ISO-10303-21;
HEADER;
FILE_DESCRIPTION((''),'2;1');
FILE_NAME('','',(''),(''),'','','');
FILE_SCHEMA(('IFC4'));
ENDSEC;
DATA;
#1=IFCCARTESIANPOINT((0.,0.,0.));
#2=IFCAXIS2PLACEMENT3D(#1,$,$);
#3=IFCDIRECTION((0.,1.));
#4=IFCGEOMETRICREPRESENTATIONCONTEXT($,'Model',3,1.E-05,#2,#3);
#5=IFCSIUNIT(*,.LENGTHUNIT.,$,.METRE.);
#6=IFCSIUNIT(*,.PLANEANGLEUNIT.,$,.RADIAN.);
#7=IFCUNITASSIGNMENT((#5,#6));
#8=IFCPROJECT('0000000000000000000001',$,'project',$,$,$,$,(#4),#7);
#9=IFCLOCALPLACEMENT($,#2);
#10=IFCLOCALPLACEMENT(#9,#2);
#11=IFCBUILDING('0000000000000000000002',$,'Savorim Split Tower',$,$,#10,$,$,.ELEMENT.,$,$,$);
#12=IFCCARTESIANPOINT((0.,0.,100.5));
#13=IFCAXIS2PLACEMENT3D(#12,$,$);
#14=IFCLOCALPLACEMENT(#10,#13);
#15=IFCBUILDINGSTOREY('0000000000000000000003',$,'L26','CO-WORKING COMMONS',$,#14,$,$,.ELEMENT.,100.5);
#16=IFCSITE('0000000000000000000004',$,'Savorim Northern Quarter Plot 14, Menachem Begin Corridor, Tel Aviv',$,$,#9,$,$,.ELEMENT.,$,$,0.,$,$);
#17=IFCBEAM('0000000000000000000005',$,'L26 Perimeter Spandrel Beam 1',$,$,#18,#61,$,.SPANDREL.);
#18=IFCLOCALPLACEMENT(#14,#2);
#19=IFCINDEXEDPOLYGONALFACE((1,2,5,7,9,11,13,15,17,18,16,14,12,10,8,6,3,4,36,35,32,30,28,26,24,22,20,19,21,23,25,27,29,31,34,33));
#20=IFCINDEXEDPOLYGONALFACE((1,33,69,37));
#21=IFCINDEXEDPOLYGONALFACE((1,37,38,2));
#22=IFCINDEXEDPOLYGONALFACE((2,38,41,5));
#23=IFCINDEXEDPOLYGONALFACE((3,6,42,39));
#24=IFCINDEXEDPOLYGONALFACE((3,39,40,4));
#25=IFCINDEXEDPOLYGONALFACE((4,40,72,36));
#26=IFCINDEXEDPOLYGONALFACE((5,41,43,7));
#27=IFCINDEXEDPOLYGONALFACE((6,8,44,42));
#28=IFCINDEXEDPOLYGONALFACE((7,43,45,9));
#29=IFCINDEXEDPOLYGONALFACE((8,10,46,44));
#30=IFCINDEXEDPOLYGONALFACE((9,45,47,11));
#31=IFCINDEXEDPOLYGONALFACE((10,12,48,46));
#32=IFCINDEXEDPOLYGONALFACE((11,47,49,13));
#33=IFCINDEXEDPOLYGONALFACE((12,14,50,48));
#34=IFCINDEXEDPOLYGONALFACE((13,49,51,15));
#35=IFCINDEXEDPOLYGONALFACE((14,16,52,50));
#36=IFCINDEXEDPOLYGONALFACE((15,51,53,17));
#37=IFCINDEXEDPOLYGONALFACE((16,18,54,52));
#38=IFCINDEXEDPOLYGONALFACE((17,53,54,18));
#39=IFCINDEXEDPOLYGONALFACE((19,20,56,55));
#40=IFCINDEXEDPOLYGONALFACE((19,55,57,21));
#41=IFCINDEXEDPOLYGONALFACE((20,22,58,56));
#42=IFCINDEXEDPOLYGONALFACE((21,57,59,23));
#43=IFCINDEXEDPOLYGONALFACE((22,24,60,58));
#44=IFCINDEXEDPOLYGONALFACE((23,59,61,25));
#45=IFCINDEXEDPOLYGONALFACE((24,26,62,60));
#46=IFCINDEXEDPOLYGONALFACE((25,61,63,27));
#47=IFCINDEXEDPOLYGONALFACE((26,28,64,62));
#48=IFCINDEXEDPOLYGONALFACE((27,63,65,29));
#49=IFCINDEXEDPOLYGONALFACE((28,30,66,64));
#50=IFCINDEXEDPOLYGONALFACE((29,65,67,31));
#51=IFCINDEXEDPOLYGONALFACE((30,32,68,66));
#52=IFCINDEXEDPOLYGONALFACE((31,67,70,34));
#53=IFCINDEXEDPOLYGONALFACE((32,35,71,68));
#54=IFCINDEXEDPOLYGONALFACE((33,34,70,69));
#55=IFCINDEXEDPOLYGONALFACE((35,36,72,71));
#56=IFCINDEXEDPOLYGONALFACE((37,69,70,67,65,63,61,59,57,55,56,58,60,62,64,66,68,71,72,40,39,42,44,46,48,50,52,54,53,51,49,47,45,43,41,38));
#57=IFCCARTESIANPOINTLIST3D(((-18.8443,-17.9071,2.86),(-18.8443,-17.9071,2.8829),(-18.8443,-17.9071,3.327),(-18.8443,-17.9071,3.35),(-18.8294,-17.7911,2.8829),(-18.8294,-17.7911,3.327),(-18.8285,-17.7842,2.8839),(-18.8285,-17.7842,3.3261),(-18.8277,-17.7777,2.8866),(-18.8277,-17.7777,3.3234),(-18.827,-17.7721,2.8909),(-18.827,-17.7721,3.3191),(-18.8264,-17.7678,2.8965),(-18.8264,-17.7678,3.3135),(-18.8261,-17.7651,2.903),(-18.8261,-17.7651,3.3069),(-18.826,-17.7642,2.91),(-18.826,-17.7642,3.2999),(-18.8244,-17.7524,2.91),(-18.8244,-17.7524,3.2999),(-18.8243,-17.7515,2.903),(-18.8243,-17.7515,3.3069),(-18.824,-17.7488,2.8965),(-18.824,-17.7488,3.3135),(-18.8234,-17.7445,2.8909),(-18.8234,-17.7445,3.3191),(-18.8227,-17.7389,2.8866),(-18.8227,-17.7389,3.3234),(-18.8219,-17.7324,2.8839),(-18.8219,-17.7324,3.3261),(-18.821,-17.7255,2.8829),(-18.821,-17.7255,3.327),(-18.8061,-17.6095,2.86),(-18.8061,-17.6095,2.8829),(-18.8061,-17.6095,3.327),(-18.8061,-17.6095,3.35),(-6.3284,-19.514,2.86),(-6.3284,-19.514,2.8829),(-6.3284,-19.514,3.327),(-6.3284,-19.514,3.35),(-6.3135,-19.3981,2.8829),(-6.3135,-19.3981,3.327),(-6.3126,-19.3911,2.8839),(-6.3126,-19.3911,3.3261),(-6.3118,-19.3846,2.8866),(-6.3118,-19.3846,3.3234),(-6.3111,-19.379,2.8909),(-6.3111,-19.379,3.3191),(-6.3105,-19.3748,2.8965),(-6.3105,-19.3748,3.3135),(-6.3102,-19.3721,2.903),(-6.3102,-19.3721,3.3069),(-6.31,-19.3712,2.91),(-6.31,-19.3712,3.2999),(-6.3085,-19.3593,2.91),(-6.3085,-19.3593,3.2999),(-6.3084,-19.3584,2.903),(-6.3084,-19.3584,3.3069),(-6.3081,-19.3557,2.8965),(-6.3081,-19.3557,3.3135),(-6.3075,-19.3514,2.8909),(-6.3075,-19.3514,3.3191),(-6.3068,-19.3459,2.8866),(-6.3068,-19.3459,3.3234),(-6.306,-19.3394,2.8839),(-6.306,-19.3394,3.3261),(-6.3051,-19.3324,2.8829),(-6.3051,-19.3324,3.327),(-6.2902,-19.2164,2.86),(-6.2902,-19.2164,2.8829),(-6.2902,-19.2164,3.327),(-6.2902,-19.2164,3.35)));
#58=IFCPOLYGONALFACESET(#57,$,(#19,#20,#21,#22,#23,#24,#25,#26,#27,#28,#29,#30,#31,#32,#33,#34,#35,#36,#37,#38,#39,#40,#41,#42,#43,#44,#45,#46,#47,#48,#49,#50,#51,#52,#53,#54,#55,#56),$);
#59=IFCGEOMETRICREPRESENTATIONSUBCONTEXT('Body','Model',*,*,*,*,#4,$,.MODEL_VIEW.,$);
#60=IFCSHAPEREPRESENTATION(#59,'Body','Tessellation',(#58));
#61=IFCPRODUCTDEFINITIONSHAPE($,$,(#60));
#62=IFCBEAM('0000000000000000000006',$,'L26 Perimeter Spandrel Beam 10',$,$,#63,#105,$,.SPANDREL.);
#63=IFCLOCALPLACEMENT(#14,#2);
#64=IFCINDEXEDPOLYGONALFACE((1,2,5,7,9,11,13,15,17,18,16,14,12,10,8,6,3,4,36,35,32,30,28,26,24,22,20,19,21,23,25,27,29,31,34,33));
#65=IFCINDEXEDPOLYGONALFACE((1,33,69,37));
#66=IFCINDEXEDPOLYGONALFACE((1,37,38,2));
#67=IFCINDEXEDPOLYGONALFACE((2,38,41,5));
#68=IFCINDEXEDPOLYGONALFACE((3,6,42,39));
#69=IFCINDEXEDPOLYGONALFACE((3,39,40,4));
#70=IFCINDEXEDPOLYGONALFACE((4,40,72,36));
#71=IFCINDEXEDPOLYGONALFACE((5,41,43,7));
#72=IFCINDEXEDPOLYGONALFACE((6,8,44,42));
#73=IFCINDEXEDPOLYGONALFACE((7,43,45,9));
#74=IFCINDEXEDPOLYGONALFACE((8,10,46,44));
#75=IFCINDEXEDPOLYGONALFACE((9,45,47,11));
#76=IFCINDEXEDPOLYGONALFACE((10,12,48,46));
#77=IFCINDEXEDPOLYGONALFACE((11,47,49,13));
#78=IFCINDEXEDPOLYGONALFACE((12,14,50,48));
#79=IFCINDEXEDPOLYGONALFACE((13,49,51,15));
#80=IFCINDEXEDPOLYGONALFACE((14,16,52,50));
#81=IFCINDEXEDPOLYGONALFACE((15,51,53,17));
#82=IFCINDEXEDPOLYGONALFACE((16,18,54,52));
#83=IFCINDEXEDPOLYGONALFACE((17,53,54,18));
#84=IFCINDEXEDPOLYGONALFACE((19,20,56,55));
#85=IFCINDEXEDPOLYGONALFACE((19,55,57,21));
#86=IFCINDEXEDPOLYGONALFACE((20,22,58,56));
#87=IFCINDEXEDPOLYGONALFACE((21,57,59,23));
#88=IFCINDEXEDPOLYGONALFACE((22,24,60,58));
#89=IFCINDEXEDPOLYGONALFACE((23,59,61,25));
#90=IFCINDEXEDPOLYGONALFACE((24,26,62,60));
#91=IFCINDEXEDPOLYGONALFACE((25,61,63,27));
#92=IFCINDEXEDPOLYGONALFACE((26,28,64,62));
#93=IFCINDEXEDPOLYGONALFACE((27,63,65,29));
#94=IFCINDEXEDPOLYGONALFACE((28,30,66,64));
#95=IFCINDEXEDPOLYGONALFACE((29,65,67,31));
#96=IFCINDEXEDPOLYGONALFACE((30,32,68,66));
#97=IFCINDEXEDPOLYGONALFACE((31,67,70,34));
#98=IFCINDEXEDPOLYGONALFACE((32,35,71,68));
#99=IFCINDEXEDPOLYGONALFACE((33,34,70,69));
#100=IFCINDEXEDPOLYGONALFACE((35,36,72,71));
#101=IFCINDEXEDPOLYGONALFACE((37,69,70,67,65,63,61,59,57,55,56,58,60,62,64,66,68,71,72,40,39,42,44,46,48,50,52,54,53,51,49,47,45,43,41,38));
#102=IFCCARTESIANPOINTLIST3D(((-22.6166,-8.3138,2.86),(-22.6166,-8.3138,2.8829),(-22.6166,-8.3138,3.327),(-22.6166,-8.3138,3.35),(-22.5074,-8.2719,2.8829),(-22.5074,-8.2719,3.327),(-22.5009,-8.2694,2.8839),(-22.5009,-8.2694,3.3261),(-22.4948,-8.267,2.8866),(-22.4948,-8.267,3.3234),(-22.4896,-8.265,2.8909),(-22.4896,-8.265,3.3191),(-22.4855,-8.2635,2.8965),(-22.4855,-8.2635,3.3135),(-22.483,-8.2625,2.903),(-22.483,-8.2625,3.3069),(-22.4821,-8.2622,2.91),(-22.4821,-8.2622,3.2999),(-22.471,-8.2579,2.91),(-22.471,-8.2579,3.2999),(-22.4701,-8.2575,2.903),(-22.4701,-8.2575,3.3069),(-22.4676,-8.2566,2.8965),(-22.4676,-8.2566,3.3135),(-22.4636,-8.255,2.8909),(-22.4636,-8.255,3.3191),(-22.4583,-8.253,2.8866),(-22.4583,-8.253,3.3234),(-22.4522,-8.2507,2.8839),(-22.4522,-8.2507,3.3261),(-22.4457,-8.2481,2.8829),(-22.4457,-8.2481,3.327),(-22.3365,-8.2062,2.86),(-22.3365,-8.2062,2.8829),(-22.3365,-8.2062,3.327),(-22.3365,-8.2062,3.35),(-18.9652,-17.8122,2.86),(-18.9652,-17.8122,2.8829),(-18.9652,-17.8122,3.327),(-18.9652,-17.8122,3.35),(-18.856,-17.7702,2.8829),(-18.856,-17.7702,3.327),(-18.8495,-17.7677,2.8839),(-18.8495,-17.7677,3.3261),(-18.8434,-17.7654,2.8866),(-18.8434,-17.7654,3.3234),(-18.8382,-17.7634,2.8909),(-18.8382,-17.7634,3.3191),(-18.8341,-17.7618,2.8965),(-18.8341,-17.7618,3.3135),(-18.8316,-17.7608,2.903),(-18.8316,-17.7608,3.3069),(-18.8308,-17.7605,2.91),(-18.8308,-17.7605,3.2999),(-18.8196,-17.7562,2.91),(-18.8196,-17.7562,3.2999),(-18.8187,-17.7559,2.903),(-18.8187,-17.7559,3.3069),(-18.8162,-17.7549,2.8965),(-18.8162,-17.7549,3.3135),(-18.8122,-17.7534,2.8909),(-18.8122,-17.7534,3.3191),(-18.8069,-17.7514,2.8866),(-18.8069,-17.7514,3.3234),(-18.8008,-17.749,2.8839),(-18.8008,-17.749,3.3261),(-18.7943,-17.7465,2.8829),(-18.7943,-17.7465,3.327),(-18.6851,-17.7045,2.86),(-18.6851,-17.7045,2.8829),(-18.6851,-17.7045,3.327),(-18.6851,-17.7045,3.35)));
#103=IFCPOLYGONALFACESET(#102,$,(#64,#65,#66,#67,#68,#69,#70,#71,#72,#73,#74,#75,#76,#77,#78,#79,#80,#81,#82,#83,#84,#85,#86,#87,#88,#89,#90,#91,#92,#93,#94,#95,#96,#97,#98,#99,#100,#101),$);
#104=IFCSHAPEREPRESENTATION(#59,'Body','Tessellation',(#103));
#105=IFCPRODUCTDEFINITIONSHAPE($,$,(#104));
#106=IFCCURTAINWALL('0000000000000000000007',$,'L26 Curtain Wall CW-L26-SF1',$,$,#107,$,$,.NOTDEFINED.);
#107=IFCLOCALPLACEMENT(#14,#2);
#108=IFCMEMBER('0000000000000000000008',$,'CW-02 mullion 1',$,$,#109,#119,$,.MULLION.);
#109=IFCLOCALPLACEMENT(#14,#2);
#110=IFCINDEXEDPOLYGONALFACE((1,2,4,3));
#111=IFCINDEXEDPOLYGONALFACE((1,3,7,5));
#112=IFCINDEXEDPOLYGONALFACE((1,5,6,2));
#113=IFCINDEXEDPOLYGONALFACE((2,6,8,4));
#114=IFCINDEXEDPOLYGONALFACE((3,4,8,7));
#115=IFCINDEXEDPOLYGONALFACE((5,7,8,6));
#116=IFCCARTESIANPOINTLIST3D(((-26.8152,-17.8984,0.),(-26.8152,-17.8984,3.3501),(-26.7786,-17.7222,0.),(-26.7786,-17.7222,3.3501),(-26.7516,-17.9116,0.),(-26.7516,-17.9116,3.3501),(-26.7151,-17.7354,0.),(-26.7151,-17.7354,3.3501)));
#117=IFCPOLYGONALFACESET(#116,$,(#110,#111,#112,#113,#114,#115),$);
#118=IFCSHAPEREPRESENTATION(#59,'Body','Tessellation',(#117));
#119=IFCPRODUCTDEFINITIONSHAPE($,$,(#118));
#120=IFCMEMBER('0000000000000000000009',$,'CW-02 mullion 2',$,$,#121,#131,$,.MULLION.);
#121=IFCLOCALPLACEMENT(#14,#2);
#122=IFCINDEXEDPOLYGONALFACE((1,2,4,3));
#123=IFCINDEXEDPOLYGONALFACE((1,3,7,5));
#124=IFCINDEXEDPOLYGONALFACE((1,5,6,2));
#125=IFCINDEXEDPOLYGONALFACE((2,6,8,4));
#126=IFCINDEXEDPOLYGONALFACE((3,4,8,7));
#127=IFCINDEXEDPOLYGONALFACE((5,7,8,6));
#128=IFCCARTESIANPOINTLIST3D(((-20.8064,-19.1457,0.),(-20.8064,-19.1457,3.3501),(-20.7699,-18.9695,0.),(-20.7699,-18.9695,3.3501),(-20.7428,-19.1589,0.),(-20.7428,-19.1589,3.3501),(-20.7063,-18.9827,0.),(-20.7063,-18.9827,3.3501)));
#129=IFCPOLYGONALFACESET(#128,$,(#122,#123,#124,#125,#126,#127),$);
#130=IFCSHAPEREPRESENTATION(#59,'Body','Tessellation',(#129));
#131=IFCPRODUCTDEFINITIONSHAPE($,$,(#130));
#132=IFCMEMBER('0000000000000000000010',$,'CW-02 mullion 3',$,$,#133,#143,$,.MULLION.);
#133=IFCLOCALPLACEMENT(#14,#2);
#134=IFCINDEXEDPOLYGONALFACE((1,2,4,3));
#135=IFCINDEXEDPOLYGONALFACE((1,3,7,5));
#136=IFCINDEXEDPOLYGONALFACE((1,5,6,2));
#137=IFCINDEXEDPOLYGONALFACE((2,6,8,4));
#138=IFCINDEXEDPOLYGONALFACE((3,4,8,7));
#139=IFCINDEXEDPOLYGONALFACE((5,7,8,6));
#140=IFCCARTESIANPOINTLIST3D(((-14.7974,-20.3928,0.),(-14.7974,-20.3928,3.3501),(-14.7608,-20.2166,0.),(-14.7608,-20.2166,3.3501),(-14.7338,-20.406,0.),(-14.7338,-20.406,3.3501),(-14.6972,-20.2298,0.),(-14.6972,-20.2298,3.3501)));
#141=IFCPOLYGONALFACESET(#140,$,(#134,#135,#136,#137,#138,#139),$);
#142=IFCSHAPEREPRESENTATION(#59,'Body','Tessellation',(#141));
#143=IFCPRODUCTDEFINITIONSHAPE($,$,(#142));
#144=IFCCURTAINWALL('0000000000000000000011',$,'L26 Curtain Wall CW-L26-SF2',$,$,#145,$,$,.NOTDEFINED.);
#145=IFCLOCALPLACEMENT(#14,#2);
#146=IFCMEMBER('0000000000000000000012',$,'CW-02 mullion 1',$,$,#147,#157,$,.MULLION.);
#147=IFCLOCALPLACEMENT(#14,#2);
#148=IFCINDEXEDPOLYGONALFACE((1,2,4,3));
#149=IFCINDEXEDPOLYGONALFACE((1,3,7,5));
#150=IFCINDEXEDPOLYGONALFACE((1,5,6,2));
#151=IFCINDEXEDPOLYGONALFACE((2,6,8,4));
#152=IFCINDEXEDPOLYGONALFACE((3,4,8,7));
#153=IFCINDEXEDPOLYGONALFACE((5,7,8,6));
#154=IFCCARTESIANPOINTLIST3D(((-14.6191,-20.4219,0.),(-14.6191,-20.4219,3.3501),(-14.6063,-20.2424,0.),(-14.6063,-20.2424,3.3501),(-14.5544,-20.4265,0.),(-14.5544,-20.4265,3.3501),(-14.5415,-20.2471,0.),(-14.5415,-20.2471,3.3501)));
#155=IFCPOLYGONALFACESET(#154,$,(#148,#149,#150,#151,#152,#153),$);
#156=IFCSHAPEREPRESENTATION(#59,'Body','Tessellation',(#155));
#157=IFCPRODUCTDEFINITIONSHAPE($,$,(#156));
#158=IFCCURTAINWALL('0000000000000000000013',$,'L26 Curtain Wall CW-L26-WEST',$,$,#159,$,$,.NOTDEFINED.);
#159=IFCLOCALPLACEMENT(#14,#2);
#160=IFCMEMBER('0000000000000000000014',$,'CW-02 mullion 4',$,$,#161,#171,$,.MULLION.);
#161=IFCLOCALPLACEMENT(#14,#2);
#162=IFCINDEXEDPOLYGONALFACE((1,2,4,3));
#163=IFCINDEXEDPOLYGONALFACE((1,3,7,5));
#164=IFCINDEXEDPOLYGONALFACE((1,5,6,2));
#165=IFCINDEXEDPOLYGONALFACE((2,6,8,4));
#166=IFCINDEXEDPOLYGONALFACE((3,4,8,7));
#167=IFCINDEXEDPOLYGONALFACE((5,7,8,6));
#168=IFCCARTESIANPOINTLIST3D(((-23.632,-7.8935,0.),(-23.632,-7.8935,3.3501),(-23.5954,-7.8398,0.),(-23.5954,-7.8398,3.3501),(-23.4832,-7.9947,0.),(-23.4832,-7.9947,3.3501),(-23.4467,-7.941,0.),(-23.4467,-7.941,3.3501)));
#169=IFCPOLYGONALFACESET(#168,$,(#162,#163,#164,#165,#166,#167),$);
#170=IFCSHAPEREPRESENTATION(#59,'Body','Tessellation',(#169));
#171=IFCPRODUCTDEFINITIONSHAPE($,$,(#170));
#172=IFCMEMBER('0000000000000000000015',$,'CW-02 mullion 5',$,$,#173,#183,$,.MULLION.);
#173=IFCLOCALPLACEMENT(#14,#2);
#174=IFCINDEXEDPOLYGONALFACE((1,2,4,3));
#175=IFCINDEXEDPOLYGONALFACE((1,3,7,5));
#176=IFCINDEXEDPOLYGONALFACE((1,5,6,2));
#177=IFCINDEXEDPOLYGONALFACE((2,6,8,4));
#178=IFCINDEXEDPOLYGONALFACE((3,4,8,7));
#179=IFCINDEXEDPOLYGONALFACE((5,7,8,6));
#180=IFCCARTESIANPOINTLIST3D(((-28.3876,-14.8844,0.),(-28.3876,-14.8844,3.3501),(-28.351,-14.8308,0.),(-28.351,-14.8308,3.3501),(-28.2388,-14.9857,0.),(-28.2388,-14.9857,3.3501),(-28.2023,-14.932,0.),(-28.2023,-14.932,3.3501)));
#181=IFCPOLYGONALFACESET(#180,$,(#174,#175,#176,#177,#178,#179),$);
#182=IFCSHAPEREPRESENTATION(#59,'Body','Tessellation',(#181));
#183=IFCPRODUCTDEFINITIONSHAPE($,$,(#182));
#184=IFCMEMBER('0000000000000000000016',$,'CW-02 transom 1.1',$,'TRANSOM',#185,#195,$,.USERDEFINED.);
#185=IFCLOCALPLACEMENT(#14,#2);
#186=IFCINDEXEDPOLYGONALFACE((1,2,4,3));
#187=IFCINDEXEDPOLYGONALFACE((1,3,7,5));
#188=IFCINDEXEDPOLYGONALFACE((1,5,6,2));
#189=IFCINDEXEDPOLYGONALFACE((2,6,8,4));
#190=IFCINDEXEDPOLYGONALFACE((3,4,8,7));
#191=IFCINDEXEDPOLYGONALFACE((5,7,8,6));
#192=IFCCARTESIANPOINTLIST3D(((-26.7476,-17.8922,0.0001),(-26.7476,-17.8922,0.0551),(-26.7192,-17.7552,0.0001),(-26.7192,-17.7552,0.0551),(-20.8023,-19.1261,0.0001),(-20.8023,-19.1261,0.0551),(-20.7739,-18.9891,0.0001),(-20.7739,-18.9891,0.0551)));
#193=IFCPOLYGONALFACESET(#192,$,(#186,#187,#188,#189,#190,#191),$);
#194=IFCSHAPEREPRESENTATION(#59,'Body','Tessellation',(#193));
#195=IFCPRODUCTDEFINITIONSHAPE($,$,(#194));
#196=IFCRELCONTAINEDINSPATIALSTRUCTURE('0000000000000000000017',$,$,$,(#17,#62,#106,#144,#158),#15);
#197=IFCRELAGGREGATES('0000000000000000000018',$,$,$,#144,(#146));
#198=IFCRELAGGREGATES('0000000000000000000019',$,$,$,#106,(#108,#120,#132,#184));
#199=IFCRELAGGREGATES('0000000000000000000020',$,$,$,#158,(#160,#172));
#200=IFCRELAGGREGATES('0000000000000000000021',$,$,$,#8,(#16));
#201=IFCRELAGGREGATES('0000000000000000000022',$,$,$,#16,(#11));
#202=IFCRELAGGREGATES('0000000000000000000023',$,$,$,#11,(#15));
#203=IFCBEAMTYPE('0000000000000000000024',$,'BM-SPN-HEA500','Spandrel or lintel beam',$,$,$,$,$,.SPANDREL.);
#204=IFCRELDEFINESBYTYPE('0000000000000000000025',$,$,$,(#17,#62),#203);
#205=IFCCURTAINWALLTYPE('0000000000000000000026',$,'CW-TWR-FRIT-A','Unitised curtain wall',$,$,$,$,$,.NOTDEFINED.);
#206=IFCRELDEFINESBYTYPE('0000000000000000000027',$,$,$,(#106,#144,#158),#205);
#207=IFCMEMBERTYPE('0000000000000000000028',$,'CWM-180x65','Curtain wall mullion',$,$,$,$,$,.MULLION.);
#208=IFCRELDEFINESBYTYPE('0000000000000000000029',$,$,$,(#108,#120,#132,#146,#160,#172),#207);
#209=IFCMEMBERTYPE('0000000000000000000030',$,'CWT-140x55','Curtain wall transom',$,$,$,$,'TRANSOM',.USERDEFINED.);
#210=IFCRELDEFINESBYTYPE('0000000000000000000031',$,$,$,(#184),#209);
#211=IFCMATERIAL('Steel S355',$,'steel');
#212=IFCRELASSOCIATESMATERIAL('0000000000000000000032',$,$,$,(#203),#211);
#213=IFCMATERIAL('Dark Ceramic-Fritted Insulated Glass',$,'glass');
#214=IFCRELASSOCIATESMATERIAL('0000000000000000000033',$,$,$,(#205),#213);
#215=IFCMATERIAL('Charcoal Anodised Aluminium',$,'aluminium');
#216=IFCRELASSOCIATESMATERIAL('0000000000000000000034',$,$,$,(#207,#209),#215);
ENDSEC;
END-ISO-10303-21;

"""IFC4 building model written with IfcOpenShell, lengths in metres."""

from ifc_helpers import new_model, si_unit, direction, frame, origin, origin_2d, place, context, subcontext, project, spatial, rectangle, i_section, extrude, material, material_profile, profile_set, type_object, element, aggregate, save


model = new_model("IFC4")

# Units and contexts
model_context = context("Model", 3, precision=1e-05, world=origin(), true_north=direction((0.0, 1.0)))
body_context = subcontext(model_context, "Body", "Model", "MODEL_VIEW")
ifc_project = project(units=[si_unit("LENGTHUNIT", "METRE"), si_unit("PLANEANGLEUNIT", "RADIAN")], contexts=[model_context])

# Site, building, storey
site_placement = place(None, origin())
site = spatial("IfcSite", under=ifc_project, at=site_placement, Name="Savorim Northern Quarter Plot 14, Menachem Begin Corridor, Tel Aviv", CompositionType="ELEMENT", RefElevation=0.0)
building_placement = place(site_placement, origin())
building = spatial("IfcBuilding", under=site, at=building_placement, Name="Savorim Split Tower", CompositionType="ELEMENT")
storey_placement = place(building_placement, frame((0.0, 0.0, 100.5)))
storey = spatial("IfcBuildingStorey", under=building, at=storey_placement, Name="L26", Description="CO-WORKING COMMONS", CompositionType="ELEMENT", Elevation=100.5)

# Beams
ifc_material_1 = material(Name="Steel S355", Category="steel")
ifc_material_profile_1 = material_profile(ifc_material_1, i_section(OverallWidth=0.3, OverallDepth=0.49, WebThickness=0.012, FlangeThickness=0.0229, FilletRadius=0.0271, at=origin_2d()), Name="HEA 500")
ifc_profile_set_1 = profile_set([ifc_material_profile_1], Name="Steel S355")
beam_type_1 = type_object("IfcBeamType", Name="BM-SPN-HEA500", Description="Spandrel or lintel beam", PredefinedType="SPANDREL", material=ifc_profile_set_1)
beam_1_placement = place(storey_placement, frame((-18.8252, -17.7583, 3.105), z_axis=(0.991858, -0.127346, 0.0), x_axis=(0.127346, 0.991858, 0.0)))
element("IfcBeam", 1, at=beam_1_placement, inside=storey, type_object=beam_type_1, Name="L26 Perimeter Spandrel Beam 1", PredefinedType="SPANDREL", context=body_context, shape_type="SweptSolid", body=[
    extrude(i_section(OverallWidth=0.3, OverallDepth=0.49, WebThickness=0.012, FlangeThickness=0.0229, FilletRadius=0.0271, at=origin_2d()), origin(), (0.0, 0.0, 1.0), 12.6187),
])
beam_2_placement = place(storey_placement, frame((-22.4766, -8.26, 3.105), z_axis=(0.358823, -0.933406, 0.0), x_axis=(0.933406, 0.358823, 0.0)))
element("IfcBeam", 2, at=beam_2_placement, inside=storey, type_object=beam_type_1, Name="L26 Perimeter Spandrel Beam 10", PredefinedType="SPANDREL", context=body_context, shape_type="SweptSolid", body=[
    extrude(i_section(OverallWidth=0.3, OverallDepth=0.49, WebThickness=0.012, FlangeThickness=0.0229, FilletRadius=0.0271, at=origin_2d()), origin(), (0.0, 0.0, 1.0), 10.176),
])

# Curtain wall, members
ifc_material_2 = material(Name="Dark Ceramic-Fritted Insulated Glass", Category="glass")
curtain_wall_type = type_object("IfcCurtainWallType", Name="CW-TWR-FRIT-A", Description="Unitised curtain wall", PredefinedType="NOTDEFINED", material=ifc_material_2)
curtain_wall_1_placement = place(storey_placement, origin())
curtain_wall_1 = element("IfcCurtainWall", 3, at=curtain_wall_1_placement, inside=storey, type_object=curtain_wall_type, Name="L26 Curtain Wall CW-L26-SF1", PredefinedType="NOTDEFINED")
ifc_material_3 = material(Name="Charcoal Anodised Aluminium", Category="aluminium")
ifc_material_profile_2 = material_profile(ifc_material_3, rectangle(XDim=0.1799, YDim=0.0649, at=origin_2d()), Name="ALU-M 180x65")
ifc_profile_set_2 = profile_set([ifc_material_profile_2], Name="Charcoal Anodised Aluminium")
member_type_1 = type_object("IfcMemberType", Name="CWM-180x65", Description="Curtain wall mullion", PredefinedType="MULLION", material=ifc_profile_set_2)
member_1_placement = place(storey_placement, frame((-26.7651, -17.8169, 0.0), z_axis=(0.0, 0.0, 1.0), x_axis=(0.20321, 0.979135, 0.0)))
member_1 = element("IfcMember", 4, at=member_1_placement, type_object=member_type_1, Name="CW-02 mullion 1", PredefinedType="MULLION", context=body_context, shape_type="SweptSolid", body=[
    extrude(rectangle(XDim=0.1799, YDim=0.0649, at=origin_2d()), origin(), (0.0, 0.0, 1.0), 3.3501),
])
member_2_placement = place(storey_placement, frame((-20.7563, -19.0642, 0.0), z_axis=(0.0, 0.0, 1.0), x_axis=(0.20321, 0.979135, 0.0)))
member_2 = element("IfcMember", 5, at=member_2_placement, type_object=member_type_1, Name="CW-02 mullion 2", PredefinedType="MULLION", context=body_context, shape_type="SweptSolid", body=[
    extrude(rectangle(XDim=0.1799, YDim=0.0649, at=origin_2d()), origin(), (0.0, 0.0, 1.0), 3.3501),
])
member_3_placement = place(storey_placement, frame((-14.7473, -20.3113, 0.0), z_axis=(0.0, 0.0, 1.0), x_axis=(0.20321, 0.979135, 0.0)))
member_3 = element("IfcMember", 6, at=member_3_placement, type_object=member_type_1, Name="CW-02 mullion 3", PredefinedType="MULLION", context=body_context, shape_type="SweptSolid", body=[
    extrude(rectangle(XDim=0.1799, YDim=0.0649, at=origin_2d()), origin(), (0.0, 0.0, 1.0), 3.3501),
])

# Curtain wall, member
curtain_wall_2_placement = place(storey_placement, origin())
curtain_wall_2 = element("IfcCurtainWall", 7, at=curtain_wall_2_placement, inside=storey, type_object=curtain_wall_type, Name="L26 Curtain Wall CW-L26-SF2", PredefinedType="NOTDEFINED")
member_4_placement = place(storey_placement, frame((-14.5803, -20.3345, 0.0), z_axis=(0.0, 0.0, 1.0), x_axis=(0.071561, 0.997436, 0.0)))
member_4 = element("IfcMember", 8, at=member_4_placement, type_object=member_type_1, Name="CW-02 mullion 1", PredefinedType="MULLION", context=body_context, shape_type="SweptSolid", body=[
    extrude(rectangle(XDim=0.1799, YDim=0.0649, at=origin_2d()), origin(), (0.0, 0.0, 1.0), 3.3501),
])

# Curtain wall, members
curtain_wall_3_placement = place(storey_placement, origin())
curtain_wall_3 = element("IfcCurtainWall", 9, at=curtain_wall_3_placement, inside=storey, type_object=curtain_wall_type, Name="L26 Curtain Wall CW-L26-WEST", PredefinedType="NOTDEFINED")
member_5_placement = place(storey_placement, frame((-23.5393, -7.9172, 0.0), z_axis=(0.0, 0.0, 1.0), x_axis=(0.826819, -0.562468, 0.0)))
member_5 = element("IfcMember", 10, at=member_5_placement, type_object=member_type_1, Name="CW-02 mullion 4", PredefinedType="MULLION", context=body_context, shape_type="SweptSolid", body=[
    extrude(rectangle(XDim=0.1799, YDim=0.0649, at=origin_2d()), origin(), (0.0, 0.0, 1.0), 3.3501),
])
member_6_placement = place(storey_placement, frame((-28.2949, -14.9082, 0.0), z_axis=(0.0, 0.0, 1.0), x_axis=(0.826819, -0.562468, 0.0)))
member_6 = element("IfcMember", 11, at=member_6_placement, type_object=member_type_1, Name="CW-02 mullion 5", PredefinedType="MULLION", context=body_context, shape_type="SweptSolid", body=[
    extrude(rectangle(XDim=0.1799, YDim=0.0649, at=origin_2d()), origin(), (0.0, 0.0, 1.0), 3.3501),
])

# Member
ifc_material_profile_3 = material_profile(ifc_material_3, rectangle(XDim=0.1399, YDim=0.0549, at=origin_2d()), Name="ALU-T 140x55")
ifc_profile_set_3 = profile_set([ifc_material_profile_3], Name="Charcoal Anodised Aluminium")
member_type_2 = type_object("IfcMemberType", Name="CWT-140x55", Description="Curtain wall transom", ElementType="TRANSOM", PredefinedType="USERDEFINED", material=ifc_profile_set_3)
member_7_placement = place(storey_placement, frame((-26.7334, -17.8237, 0.0276), z_axis=(0.979135, -0.203209, 0.0), x_axis=(0.203209, 0.979135, 0.0)))
member_7 = element("IfcMember", 12, at=member_7_placement, type_object=member_type_2, Name="CW-02 transom 1.1", ObjectType="TRANSOM", PredefinedType="USERDEFINED", context=body_context, shape_type="SweptSolid", body=[
    extrude(rectangle(XDim=0.1399, YDim=0.0549, at=origin_2d()), origin(), (0.0, 0.0, 1.0), 6.072),
])
aggregate(curtain_wall_2, [member_4])

aggregate(curtain_wall_1, [member_1, member_2, member_3, member_7])
aggregate(curtain_wall_3, [member_5, member_6])

save(model, "model.ifc")
